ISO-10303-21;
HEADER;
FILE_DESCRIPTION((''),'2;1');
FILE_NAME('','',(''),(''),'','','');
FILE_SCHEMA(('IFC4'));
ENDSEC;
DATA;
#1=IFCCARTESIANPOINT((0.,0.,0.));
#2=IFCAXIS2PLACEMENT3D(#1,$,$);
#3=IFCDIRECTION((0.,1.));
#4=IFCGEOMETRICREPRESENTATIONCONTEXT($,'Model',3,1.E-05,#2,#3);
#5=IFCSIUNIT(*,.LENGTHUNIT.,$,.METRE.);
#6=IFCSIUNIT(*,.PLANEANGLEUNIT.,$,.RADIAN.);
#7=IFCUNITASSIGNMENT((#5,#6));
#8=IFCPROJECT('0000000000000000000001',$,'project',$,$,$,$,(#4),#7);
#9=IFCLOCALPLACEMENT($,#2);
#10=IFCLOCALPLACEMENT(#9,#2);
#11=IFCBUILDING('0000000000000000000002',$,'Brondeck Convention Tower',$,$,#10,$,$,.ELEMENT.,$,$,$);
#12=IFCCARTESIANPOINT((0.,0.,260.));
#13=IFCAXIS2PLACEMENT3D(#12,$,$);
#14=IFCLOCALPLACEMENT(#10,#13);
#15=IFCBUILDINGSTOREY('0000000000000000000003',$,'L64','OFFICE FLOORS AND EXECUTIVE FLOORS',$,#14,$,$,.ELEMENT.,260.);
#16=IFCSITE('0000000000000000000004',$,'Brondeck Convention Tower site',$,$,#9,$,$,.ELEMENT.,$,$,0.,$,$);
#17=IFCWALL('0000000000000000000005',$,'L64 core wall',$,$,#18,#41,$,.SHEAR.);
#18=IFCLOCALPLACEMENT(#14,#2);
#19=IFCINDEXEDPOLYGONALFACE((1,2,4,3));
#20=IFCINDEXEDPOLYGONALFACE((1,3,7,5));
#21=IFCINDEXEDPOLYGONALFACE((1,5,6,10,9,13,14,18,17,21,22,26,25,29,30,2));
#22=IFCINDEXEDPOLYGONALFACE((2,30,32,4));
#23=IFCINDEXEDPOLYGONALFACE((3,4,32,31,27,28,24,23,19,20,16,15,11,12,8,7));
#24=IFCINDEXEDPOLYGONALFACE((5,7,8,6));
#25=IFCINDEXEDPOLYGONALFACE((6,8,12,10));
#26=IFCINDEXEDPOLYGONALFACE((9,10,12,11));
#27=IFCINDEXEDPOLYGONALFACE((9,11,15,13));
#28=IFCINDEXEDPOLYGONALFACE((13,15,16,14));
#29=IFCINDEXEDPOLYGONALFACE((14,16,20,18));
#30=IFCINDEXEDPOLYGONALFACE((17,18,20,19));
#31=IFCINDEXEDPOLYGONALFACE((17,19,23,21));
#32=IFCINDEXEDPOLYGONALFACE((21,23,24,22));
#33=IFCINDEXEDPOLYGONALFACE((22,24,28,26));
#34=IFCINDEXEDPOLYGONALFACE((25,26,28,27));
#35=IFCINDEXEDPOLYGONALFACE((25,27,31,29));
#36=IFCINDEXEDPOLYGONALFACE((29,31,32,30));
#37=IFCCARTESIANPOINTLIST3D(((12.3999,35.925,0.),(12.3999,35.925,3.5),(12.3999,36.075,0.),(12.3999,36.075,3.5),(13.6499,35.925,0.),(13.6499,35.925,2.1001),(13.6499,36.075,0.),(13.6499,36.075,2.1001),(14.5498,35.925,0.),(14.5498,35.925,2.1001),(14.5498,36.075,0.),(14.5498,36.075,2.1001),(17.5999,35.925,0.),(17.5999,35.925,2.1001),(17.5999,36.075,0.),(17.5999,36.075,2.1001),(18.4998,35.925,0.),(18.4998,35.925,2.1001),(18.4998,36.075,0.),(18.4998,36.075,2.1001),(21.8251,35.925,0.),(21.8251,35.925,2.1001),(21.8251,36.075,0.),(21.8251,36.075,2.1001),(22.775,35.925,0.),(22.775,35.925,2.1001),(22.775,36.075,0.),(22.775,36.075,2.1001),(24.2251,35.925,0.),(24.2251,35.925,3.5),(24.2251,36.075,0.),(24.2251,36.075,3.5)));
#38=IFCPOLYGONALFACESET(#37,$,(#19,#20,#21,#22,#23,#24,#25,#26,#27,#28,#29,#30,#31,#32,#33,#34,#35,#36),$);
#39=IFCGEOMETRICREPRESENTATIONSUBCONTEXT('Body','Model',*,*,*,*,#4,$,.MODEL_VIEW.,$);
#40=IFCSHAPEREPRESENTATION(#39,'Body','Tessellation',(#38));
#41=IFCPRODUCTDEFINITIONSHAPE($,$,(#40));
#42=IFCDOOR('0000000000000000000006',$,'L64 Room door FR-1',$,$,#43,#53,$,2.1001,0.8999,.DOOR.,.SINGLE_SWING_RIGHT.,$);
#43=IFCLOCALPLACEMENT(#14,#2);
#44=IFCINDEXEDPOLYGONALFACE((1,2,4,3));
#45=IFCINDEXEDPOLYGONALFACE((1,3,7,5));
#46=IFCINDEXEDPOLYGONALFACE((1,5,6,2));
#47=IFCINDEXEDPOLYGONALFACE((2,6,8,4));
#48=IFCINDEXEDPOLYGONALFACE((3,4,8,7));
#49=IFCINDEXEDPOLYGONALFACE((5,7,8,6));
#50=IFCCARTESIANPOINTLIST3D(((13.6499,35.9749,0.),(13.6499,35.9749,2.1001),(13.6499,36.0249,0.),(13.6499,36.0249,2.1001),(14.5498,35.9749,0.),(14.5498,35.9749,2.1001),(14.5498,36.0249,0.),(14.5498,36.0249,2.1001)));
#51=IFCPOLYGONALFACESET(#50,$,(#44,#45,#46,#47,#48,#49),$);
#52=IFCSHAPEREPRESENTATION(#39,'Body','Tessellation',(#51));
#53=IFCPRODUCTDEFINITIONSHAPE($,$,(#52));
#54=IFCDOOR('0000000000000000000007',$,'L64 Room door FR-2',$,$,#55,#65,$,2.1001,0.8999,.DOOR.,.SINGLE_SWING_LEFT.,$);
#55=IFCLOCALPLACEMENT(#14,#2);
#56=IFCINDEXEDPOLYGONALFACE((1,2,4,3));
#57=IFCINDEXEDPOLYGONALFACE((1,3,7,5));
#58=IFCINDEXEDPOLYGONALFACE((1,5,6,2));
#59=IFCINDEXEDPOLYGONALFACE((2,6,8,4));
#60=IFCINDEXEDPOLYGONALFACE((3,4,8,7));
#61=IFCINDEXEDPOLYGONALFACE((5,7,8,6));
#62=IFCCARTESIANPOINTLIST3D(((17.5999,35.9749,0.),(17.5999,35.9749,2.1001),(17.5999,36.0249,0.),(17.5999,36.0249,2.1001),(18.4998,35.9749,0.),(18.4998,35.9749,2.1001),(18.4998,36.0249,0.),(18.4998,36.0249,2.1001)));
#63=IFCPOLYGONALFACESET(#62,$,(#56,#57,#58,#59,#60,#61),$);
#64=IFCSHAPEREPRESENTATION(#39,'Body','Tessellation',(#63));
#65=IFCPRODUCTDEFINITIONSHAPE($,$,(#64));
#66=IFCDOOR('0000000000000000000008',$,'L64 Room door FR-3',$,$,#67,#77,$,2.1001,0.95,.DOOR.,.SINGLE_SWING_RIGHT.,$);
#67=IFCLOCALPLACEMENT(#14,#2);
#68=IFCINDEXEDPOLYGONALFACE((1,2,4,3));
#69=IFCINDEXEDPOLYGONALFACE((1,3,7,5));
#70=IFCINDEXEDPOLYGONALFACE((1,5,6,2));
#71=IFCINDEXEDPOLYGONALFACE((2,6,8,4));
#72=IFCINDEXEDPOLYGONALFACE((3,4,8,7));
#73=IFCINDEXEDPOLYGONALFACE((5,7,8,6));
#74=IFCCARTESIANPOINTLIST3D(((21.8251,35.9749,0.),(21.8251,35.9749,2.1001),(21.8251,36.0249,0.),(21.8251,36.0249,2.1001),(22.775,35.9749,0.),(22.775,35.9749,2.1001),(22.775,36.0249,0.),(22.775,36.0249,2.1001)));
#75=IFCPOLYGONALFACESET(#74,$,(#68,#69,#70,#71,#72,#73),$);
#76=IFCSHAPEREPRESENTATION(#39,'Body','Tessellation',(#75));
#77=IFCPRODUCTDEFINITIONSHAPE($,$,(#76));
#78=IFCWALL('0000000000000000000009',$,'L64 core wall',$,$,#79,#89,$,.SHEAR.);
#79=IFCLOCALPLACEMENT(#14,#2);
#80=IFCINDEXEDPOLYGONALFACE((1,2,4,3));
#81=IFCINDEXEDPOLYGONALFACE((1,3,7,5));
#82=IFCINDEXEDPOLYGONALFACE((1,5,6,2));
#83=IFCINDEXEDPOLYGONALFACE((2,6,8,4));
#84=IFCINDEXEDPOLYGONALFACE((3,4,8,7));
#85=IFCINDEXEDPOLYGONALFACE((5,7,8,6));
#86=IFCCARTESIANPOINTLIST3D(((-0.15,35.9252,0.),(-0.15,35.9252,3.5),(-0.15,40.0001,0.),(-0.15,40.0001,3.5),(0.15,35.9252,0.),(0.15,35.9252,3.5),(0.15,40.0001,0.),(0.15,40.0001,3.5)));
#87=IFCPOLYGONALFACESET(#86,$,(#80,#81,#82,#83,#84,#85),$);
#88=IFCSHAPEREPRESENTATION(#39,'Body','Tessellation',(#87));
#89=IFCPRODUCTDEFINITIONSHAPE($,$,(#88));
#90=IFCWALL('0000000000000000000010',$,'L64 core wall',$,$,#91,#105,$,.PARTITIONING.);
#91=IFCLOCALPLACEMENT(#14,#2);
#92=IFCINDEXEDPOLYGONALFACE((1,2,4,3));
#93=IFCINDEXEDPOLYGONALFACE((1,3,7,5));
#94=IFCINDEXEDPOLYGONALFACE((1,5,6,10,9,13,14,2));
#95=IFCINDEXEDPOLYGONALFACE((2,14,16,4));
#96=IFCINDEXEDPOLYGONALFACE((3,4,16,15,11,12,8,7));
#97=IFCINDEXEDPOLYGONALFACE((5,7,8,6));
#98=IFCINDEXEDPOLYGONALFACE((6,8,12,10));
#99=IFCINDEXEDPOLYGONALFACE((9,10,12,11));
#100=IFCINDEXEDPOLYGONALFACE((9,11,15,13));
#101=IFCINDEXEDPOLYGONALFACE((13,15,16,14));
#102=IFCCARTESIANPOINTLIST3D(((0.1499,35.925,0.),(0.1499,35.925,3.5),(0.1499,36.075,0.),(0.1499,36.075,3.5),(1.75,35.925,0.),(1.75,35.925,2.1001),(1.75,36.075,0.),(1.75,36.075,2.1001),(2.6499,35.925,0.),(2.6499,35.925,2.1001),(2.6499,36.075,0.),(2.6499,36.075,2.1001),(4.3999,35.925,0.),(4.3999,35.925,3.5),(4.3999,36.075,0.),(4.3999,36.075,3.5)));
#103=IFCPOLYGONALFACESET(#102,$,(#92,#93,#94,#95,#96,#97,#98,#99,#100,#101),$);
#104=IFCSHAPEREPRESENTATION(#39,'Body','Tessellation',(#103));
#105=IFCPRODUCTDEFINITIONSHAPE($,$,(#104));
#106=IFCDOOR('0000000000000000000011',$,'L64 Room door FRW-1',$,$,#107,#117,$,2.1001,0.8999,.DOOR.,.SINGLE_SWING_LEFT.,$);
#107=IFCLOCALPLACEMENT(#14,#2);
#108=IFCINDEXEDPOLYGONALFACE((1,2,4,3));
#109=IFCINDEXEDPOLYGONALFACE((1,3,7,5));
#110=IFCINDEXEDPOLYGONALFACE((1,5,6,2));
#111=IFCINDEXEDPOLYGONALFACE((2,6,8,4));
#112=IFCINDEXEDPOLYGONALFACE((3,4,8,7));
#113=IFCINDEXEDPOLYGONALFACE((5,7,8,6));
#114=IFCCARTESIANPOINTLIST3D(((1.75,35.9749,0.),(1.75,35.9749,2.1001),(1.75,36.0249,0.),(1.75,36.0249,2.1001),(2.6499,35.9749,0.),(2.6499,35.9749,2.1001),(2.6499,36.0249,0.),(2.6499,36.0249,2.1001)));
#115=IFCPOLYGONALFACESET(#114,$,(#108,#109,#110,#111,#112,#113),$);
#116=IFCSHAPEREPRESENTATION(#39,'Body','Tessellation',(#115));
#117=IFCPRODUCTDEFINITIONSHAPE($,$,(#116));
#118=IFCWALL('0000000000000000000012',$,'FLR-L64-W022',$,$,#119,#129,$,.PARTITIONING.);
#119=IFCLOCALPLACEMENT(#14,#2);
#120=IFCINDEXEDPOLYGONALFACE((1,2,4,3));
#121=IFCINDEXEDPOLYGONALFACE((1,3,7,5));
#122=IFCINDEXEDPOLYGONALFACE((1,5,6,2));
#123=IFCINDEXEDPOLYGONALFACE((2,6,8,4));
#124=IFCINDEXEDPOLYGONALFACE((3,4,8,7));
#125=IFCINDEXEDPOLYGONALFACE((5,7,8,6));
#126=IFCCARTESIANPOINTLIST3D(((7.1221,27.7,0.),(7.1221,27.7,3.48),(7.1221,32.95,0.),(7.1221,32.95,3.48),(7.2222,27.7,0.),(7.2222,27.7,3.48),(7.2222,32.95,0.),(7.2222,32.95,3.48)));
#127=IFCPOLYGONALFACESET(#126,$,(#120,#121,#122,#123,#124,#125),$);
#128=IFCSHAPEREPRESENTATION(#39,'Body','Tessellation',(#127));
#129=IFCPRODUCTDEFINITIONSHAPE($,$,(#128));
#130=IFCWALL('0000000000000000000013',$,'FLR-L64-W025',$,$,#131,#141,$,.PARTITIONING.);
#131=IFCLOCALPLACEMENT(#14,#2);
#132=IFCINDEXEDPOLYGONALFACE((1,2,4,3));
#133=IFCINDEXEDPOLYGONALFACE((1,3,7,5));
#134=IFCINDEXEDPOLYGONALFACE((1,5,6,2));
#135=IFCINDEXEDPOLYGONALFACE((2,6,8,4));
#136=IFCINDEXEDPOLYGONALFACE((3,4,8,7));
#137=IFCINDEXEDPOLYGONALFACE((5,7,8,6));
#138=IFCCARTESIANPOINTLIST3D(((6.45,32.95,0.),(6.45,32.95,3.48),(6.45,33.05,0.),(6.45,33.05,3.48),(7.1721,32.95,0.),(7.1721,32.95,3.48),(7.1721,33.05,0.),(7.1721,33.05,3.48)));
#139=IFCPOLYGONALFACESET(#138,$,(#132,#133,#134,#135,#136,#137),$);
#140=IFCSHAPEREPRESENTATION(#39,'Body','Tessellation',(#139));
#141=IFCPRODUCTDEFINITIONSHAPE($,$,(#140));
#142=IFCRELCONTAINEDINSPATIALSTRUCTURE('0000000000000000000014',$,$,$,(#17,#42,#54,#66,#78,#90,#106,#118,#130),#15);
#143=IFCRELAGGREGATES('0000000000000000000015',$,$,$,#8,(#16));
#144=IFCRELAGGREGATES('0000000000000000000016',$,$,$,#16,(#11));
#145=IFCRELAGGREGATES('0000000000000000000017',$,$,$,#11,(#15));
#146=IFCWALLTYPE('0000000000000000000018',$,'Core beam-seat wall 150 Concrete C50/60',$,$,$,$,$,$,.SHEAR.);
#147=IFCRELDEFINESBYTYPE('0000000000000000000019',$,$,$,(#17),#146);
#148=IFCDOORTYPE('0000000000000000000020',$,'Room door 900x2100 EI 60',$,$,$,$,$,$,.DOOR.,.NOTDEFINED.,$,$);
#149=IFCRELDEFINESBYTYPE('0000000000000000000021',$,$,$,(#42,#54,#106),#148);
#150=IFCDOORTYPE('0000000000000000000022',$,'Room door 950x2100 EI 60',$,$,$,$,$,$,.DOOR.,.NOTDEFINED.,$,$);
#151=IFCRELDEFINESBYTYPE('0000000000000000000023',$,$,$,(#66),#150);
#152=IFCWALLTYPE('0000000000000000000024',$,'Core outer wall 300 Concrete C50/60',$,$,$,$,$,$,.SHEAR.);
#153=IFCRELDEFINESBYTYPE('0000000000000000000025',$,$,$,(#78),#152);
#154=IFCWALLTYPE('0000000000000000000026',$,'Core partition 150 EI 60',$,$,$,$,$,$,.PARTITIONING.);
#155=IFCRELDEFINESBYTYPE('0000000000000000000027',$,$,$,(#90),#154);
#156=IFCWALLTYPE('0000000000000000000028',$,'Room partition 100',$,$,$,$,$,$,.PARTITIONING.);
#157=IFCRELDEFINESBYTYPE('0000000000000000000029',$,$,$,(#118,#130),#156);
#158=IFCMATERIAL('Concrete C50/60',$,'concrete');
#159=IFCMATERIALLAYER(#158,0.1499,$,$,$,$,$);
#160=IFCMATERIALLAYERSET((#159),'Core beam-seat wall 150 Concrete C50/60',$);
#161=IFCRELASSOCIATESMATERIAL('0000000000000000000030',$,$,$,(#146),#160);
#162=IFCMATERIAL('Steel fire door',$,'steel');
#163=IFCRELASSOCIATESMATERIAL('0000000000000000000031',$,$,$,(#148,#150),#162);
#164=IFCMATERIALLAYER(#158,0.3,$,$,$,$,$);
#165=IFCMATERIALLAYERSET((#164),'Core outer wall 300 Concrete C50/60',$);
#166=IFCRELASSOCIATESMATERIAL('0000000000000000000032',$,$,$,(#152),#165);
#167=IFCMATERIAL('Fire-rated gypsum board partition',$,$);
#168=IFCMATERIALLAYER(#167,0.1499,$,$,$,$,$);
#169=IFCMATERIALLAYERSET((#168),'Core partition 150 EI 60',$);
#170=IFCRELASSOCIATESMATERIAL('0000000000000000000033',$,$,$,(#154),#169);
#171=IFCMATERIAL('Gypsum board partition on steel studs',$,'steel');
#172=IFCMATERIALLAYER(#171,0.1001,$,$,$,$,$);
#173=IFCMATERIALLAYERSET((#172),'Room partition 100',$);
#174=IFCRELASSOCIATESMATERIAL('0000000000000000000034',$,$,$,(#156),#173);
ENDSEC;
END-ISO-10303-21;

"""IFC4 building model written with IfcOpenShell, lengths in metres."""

from ifc_helpers import new_model, si_unit, direction, frame, frame_2d, origin, place, context, subcontext, project, spatial, rectangle, extrude, material, layer, layer_set, type_object, element, fill, save


model = new_model("IFC4")

# Units and contexts
model_context = context("Model", 3, precision=1e-05, world=origin(), true_north=direction((0.0, 1.0)))
body_context = subcontext(model_context, "Body", "Model", "MODEL_VIEW")
ifc_project = project(units=[si_unit("LENGTHUNIT", "METRE"), si_unit("PLANEANGLEUNIT", "RADIAN")], contexts=[model_context])

# Site, building, storey
site_placement = place(None, origin())
site = spatial("IfcSite", under=ifc_project, at=site_placement, Name="Brondeck Convention Tower site", CompositionType="ELEMENT", RefElevation=0.0)
building_placement = place(site_placement, origin())
building = spatial("IfcBuilding", under=site, at=building_placement, Name="Brondeck Convention Tower", CompositionType="ELEMENT")
storey_placement = place(building_placement, frame((0.0, 0.0, 260.0)))
storey = spatial("IfcBuildingStorey", under=building, at=storey_placement, Name="L64", Description="OFFICE FLOORS AND EXECUTIVE FLOORS", CompositionType="ELEMENT", Elevation=260.0)

# Shared definitions
ifc_material_1 = material(Name="Concrete C50/60", Category="concrete")

# Wall, openings, doors
ifc_layer_1 = layer(ifc_material_1, 0.1499)
ifc_layer_set_1 = layer_set([ifc_layer_1], Name="Core beam-seat wall 150 Concrete C50/60")
wall_type_1 = type_object("IfcWallType", Name="Core beam-seat wall 150 Concrete C50/60", PredefinedType="SHEAR", material=ifc_layer_set_1)
wall_1_placement = place(storey_placement, frame((12.3999, 36.0, 0.0), z_axis=(0.0, 0.0, 1.0), x_axis=(1.0, 0.0, 0.0)))
wall_1 = element("IfcWall", 1, at=wall_1_placement, inside=storey, type_object=wall_type_1, Name="L64 core wall", PredefinedType="SHEAR", context=body_context, shape_type="SweptSolid", body=[
    extrude(rectangle(XDim=11.8252, YDim=0.1499, at=frame_2d((5.9126, 0.0))), origin(), (0.0, 0.0, 1.0), 3.5),
])
opening_1_placement = place(wall_1_placement, frame((1.25, 0.0, 0.0)))
opening_1 = element("IfcOpeningElement", 2, at=opening_1_placement, cuts=wall_1, PredefinedType="OPENING", context=body_context, shape_type="SweptSolid", body=[
    extrude(rectangle(XDim=0.8999, YDim=2.1001, at=frame_2d((0.45, 1.05))), frame((0.0, 0.085, 0.0), z_axis=(0.0, -1.0, 0.0), x_axis=(1.0, 0.0, 0.0)), (0.0, 0.0, 1.0), 0.1699),
])
opening_2_placement = place(wall_1_placement, frame((5.2, 0.0, 0.0)))
opening_2 = element("IfcOpeningElement", 3, at=opening_2_placement, cuts=wall_1, PredefinedType="OPENING", context=body_context, shape_type="SweptSolid", body=[
    extrude(rectangle(XDim=0.8999, YDim=2.1001, at=frame_2d((0.45, 1.05))), frame((0.0, 0.085, 0.0), z_axis=(0.0, -1.0, 0.0), x_axis=(1.0, 0.0, 0.0)), (0.0, 0.0, 1.0), 0.1699),
])
opening_3_placement = place(wall_1_placement, frame((9.425, 0.0, 0.0)))
opening_3 = element("IfcOpeningElement", 4, at=opening_3_placement, cuts=wall_1, PredefinedType="OPENING", context=body_context, shape_type="SweptSolid", body=[
    extrude(rectangle(XDim=0.95, YDim=2.1001, at=frame_2d((0.4751, 1.05))), frame((0.0, 0.085, 0.0), z_axis=(0.0, -1.0, 0.0), x_axis=(1.0, 0.0, 0.0)), (0.0, 0.0, 1.0), 0.1699),
])
ifc_material_2 = material(Name="Steel fire door", Category="steel")
door_type_1 = type_object("IfcDoorType", Name="Room door 900x2100 EI 60", OperationType="NOTDEFINED", PredefinedType="DOOR", material=ifc_material_2)
door_1_placement = place(opening_1_placement, origin())
door_1 = element("IfcDoor", 5, at=door_1_placement, inside=storey, type_object=door_type_1, Name="L64 Room door FR-1", OperationType="SINGLE_SWING_RIGHT", OverallHeight=2.1001, OverallWidth=0.8999, PredefinedType="DOOR", context=body_context, shape_type="SweptSolid", body=[
    extrude(rectangle(XDim=0.8999, YDim=2.1001, at=frame_2d((0.45, 1.05))), frame((0.0, 0.0249, 0.0), z_axis=(0.0, -1.0, 0.0), x_axis=(1.0, 0.0, 0.0)), (0.0, 0.0, 1.0), 0.05),
])
fill(opening_1, door_1)
door_2_placement = place(opening_2_placement, origin())
door_2 = element("IfcDoor", 6, at=door_2_placement, inside=storey, type_object=door_type_1, Name="L64 Room door FR-2", OperationType="SINGLE_SWING_LEFT", OverallHeight=2.1001, OverallWidth=0.8999, PredefinedType="DOOR", context=body_context, shape_type="SweptSolid", body=[
    extrude(rectangle(XDim=0.8999, YDim=2.1001, at=frame_2d((0.45, 1.05))), frame((0.0, 0.0249, 0.0), z_axis=(0.0, -1.0, 0.0), x_axis=(1.0, 0.0, 0.0)), (0.0, 0.0, 1.0), 0.05),
])
fill(opening_2, door_2)
door_type_2 = type_object("IfcDoorType", Name="Room door 950x2100 EI 60", OperationType="NOTDEFINED", PredefinedType="DOOR", material=ifc_material_2)
door_3_placement = place(opening_3_placement, origin())
door_3 = element("IfcDoor", 7, at=door_3_placement, inside=storey, type_object=door_type_2, Name="L64 Room door FR-3", OperationType="SINGLE_SWING_RIGHT", OverallHeight=2.1001, OverallWidth=0.95, PredefinedType="DOOR", context=body_context, shape_type="SweptSolid", body=[
    extrude(rectangle(XDim=0.95, YDim=2.1001, at=frame_2d((0.4751, 1.05))), frame((0.0, 0.0249, 0.0), z_axis=(0.0, -1.0, 0.0), x_axis=(1.0, 0.0, 0.0)), (0.0, 0.0, 1.0), 0.05),
])
fill(opening_3, door_3)

# Wall
ifc_layer_2 = layer(ifc_material_1, 0.3)
ifc_layer_set_2 = layer_set([ifc_layer_2], Name="Core outer wall 300 Concrete C50/60")
wall_type_2 = type_object("IfcWallType", Name="Core outer wall 300 Concrete C50/60", PredefinedType="SHEAR", material=ifc_layer_set_2)
wall_2_placement = place(storey_placement, frame((0.0, 35.925, 0.0), z_axis=(0.0, 0.0, 1.0), x_axis=(0.0, 1.0, 0.0)))
element("IfcWall", 8, at=wall_2_placement, inside=storey, type_object=wall_type_2, Name="L64 core wall", PredefinedType="SHEAR", context=body_context, shape_type="SweptSolid", body=[
    extrude(rectangle(XDim=4.075, YDim=0.3, at=frame_2d((2.0376, 0.0))), origin(), (0.0, 0.0, 1.0), 3.5),
])

# Wall, opening, door
ifc_material_3 = material(Name="Fire-rated gypsum board partition")
ifc_layer_3 = layer(ifc_material_3, 0.1499)
ifc_layer_set_3 = layer_set([ifc_layer_3], Name="Core partition 150 EI 60")
wall_type_3 = type_object("IfcWallType", Name="Core partition 150 EI 60", PredefinedType="PARTITIONING", material=ifc_layer_set_3)
wall_3_placement = place(storey_placement, frame((0.1499, 36.0, 0.0), z_axis=(0.0, 0.0, 1.0), x_axis=(1.0, 0.0, 0.0)))
wall_3 = element("IfcWall", 9, at=wall_3_placement, inside=storey, type_object=wall_type_3, Name="L64 core wall", PredefinedType="PARTITIONING", context=body_context, shape_type="SweptSolid", body=[
    extrude(rectangle(XDim=4.25, YDim=0.1499, at=frame_2d((2.125, 0.0))), origin(), (0.0, 0.0, 1.0), 3.5),
])
opening_4_placement = place(wall_3_placement, frame((1.6001, 0.0, 0.0)))
opening_4 = element("IfcOpeningElement", 10, at=opening_4_placement, cuts=wall_3, PredefinedType="OPENING", context=body_context, shape_type="SweptSolid", body=[
    extrude(rectangle(XDim=0.8999, YDim=2.1001, at=frame_2d((0.45, 1.05))), frame((0.0, 0.085, 0.0), z_axis=(0.0, -1.0, 0.0), x_axis=(1.0, 0.0, 0.0)), (0.0, 0.0, 1.0), 0.1699),
])
door_4_placement = place(opening_4_placement, origin())
door_4 = element("IfcDoor", 11, at=door_4_placement, inside=storey, type_object=door_type_1, Name="L64 Room door FRW-1", OperationType="SINGLE_SWING_LEFT", OverallHeight=2.1001, OverallWidth=0.8999, PredefinedType="DOOR", context=body_context, shape_type="SweptSolid", body=[
    extrude(rectangle(XDim=0.8999, YDim=2.1001, at=frame_2d((0.45, 1.05))), frame((0.0, 0.0249, 0.0), z_axis=(0.0, -1.0, 0.0), x_axis=(1.0, 0.0, 0.0)), (0.0, 0.0, 1.0), 0.05),
])
fill(opening_4, door_4)

# Walls
ifc_material_4 = material(Name="Gypsum board partition on steel studs", Category="steel")
ifc_layer_4 = layer(ifc_material_4, 0.1001)
ifc_layer_set_4 = layer_set([ifc_layer_4], Name="Room partition 100")
wall_type_4 = type_object("IfcWallType", Name="Room partition 100", PredefinedType="PARTITIONING", material=ifc_layer_set_4)
wall_4_placement = place(storey_placement, frame((7.1721, 32.95, 0.0), z_axis=(0.0, 0.0, 1.0), x_axis=(0.0, -1.0, 0.0)))
element("IfcWall", 12, at=wall_4_placement, inside=storey, type_object=wall_type_4, Name="FLR-L64-W022", PredefinedType="PARTITIONING", context=body_context, shape_type="SweptSolid", body=[
    extrude(rectangle(XDim=5.25, YDim=0.1001, at=frame_2d((2.625, 0.0))), origin(), (0.0, 0.0, 1.0), 3.48),
])
wall_5_placement = place(storey_placement, frame((7.1721, 33.0, 0.0), z_axis=(0.0, 0.0, 1.0), x_axis=(-1.0, 0.0, 0.0)))
element("IfcWall", 13, at=wall_5_placement, inside=storey, type_object=wall_type_4, Name="FLR-L64-W025", PredefinedType="PARTITIONING", context=body_context, shape_type="SweptSolid", body=[
    extrude(rectangle(XDim=0.7222, YDim=0.1001, at=frame_2d((0.3611, 0.0))), origin(), (0.0, 0.0, 1.0), 3.48),
])

save(model, "model.ifc")
